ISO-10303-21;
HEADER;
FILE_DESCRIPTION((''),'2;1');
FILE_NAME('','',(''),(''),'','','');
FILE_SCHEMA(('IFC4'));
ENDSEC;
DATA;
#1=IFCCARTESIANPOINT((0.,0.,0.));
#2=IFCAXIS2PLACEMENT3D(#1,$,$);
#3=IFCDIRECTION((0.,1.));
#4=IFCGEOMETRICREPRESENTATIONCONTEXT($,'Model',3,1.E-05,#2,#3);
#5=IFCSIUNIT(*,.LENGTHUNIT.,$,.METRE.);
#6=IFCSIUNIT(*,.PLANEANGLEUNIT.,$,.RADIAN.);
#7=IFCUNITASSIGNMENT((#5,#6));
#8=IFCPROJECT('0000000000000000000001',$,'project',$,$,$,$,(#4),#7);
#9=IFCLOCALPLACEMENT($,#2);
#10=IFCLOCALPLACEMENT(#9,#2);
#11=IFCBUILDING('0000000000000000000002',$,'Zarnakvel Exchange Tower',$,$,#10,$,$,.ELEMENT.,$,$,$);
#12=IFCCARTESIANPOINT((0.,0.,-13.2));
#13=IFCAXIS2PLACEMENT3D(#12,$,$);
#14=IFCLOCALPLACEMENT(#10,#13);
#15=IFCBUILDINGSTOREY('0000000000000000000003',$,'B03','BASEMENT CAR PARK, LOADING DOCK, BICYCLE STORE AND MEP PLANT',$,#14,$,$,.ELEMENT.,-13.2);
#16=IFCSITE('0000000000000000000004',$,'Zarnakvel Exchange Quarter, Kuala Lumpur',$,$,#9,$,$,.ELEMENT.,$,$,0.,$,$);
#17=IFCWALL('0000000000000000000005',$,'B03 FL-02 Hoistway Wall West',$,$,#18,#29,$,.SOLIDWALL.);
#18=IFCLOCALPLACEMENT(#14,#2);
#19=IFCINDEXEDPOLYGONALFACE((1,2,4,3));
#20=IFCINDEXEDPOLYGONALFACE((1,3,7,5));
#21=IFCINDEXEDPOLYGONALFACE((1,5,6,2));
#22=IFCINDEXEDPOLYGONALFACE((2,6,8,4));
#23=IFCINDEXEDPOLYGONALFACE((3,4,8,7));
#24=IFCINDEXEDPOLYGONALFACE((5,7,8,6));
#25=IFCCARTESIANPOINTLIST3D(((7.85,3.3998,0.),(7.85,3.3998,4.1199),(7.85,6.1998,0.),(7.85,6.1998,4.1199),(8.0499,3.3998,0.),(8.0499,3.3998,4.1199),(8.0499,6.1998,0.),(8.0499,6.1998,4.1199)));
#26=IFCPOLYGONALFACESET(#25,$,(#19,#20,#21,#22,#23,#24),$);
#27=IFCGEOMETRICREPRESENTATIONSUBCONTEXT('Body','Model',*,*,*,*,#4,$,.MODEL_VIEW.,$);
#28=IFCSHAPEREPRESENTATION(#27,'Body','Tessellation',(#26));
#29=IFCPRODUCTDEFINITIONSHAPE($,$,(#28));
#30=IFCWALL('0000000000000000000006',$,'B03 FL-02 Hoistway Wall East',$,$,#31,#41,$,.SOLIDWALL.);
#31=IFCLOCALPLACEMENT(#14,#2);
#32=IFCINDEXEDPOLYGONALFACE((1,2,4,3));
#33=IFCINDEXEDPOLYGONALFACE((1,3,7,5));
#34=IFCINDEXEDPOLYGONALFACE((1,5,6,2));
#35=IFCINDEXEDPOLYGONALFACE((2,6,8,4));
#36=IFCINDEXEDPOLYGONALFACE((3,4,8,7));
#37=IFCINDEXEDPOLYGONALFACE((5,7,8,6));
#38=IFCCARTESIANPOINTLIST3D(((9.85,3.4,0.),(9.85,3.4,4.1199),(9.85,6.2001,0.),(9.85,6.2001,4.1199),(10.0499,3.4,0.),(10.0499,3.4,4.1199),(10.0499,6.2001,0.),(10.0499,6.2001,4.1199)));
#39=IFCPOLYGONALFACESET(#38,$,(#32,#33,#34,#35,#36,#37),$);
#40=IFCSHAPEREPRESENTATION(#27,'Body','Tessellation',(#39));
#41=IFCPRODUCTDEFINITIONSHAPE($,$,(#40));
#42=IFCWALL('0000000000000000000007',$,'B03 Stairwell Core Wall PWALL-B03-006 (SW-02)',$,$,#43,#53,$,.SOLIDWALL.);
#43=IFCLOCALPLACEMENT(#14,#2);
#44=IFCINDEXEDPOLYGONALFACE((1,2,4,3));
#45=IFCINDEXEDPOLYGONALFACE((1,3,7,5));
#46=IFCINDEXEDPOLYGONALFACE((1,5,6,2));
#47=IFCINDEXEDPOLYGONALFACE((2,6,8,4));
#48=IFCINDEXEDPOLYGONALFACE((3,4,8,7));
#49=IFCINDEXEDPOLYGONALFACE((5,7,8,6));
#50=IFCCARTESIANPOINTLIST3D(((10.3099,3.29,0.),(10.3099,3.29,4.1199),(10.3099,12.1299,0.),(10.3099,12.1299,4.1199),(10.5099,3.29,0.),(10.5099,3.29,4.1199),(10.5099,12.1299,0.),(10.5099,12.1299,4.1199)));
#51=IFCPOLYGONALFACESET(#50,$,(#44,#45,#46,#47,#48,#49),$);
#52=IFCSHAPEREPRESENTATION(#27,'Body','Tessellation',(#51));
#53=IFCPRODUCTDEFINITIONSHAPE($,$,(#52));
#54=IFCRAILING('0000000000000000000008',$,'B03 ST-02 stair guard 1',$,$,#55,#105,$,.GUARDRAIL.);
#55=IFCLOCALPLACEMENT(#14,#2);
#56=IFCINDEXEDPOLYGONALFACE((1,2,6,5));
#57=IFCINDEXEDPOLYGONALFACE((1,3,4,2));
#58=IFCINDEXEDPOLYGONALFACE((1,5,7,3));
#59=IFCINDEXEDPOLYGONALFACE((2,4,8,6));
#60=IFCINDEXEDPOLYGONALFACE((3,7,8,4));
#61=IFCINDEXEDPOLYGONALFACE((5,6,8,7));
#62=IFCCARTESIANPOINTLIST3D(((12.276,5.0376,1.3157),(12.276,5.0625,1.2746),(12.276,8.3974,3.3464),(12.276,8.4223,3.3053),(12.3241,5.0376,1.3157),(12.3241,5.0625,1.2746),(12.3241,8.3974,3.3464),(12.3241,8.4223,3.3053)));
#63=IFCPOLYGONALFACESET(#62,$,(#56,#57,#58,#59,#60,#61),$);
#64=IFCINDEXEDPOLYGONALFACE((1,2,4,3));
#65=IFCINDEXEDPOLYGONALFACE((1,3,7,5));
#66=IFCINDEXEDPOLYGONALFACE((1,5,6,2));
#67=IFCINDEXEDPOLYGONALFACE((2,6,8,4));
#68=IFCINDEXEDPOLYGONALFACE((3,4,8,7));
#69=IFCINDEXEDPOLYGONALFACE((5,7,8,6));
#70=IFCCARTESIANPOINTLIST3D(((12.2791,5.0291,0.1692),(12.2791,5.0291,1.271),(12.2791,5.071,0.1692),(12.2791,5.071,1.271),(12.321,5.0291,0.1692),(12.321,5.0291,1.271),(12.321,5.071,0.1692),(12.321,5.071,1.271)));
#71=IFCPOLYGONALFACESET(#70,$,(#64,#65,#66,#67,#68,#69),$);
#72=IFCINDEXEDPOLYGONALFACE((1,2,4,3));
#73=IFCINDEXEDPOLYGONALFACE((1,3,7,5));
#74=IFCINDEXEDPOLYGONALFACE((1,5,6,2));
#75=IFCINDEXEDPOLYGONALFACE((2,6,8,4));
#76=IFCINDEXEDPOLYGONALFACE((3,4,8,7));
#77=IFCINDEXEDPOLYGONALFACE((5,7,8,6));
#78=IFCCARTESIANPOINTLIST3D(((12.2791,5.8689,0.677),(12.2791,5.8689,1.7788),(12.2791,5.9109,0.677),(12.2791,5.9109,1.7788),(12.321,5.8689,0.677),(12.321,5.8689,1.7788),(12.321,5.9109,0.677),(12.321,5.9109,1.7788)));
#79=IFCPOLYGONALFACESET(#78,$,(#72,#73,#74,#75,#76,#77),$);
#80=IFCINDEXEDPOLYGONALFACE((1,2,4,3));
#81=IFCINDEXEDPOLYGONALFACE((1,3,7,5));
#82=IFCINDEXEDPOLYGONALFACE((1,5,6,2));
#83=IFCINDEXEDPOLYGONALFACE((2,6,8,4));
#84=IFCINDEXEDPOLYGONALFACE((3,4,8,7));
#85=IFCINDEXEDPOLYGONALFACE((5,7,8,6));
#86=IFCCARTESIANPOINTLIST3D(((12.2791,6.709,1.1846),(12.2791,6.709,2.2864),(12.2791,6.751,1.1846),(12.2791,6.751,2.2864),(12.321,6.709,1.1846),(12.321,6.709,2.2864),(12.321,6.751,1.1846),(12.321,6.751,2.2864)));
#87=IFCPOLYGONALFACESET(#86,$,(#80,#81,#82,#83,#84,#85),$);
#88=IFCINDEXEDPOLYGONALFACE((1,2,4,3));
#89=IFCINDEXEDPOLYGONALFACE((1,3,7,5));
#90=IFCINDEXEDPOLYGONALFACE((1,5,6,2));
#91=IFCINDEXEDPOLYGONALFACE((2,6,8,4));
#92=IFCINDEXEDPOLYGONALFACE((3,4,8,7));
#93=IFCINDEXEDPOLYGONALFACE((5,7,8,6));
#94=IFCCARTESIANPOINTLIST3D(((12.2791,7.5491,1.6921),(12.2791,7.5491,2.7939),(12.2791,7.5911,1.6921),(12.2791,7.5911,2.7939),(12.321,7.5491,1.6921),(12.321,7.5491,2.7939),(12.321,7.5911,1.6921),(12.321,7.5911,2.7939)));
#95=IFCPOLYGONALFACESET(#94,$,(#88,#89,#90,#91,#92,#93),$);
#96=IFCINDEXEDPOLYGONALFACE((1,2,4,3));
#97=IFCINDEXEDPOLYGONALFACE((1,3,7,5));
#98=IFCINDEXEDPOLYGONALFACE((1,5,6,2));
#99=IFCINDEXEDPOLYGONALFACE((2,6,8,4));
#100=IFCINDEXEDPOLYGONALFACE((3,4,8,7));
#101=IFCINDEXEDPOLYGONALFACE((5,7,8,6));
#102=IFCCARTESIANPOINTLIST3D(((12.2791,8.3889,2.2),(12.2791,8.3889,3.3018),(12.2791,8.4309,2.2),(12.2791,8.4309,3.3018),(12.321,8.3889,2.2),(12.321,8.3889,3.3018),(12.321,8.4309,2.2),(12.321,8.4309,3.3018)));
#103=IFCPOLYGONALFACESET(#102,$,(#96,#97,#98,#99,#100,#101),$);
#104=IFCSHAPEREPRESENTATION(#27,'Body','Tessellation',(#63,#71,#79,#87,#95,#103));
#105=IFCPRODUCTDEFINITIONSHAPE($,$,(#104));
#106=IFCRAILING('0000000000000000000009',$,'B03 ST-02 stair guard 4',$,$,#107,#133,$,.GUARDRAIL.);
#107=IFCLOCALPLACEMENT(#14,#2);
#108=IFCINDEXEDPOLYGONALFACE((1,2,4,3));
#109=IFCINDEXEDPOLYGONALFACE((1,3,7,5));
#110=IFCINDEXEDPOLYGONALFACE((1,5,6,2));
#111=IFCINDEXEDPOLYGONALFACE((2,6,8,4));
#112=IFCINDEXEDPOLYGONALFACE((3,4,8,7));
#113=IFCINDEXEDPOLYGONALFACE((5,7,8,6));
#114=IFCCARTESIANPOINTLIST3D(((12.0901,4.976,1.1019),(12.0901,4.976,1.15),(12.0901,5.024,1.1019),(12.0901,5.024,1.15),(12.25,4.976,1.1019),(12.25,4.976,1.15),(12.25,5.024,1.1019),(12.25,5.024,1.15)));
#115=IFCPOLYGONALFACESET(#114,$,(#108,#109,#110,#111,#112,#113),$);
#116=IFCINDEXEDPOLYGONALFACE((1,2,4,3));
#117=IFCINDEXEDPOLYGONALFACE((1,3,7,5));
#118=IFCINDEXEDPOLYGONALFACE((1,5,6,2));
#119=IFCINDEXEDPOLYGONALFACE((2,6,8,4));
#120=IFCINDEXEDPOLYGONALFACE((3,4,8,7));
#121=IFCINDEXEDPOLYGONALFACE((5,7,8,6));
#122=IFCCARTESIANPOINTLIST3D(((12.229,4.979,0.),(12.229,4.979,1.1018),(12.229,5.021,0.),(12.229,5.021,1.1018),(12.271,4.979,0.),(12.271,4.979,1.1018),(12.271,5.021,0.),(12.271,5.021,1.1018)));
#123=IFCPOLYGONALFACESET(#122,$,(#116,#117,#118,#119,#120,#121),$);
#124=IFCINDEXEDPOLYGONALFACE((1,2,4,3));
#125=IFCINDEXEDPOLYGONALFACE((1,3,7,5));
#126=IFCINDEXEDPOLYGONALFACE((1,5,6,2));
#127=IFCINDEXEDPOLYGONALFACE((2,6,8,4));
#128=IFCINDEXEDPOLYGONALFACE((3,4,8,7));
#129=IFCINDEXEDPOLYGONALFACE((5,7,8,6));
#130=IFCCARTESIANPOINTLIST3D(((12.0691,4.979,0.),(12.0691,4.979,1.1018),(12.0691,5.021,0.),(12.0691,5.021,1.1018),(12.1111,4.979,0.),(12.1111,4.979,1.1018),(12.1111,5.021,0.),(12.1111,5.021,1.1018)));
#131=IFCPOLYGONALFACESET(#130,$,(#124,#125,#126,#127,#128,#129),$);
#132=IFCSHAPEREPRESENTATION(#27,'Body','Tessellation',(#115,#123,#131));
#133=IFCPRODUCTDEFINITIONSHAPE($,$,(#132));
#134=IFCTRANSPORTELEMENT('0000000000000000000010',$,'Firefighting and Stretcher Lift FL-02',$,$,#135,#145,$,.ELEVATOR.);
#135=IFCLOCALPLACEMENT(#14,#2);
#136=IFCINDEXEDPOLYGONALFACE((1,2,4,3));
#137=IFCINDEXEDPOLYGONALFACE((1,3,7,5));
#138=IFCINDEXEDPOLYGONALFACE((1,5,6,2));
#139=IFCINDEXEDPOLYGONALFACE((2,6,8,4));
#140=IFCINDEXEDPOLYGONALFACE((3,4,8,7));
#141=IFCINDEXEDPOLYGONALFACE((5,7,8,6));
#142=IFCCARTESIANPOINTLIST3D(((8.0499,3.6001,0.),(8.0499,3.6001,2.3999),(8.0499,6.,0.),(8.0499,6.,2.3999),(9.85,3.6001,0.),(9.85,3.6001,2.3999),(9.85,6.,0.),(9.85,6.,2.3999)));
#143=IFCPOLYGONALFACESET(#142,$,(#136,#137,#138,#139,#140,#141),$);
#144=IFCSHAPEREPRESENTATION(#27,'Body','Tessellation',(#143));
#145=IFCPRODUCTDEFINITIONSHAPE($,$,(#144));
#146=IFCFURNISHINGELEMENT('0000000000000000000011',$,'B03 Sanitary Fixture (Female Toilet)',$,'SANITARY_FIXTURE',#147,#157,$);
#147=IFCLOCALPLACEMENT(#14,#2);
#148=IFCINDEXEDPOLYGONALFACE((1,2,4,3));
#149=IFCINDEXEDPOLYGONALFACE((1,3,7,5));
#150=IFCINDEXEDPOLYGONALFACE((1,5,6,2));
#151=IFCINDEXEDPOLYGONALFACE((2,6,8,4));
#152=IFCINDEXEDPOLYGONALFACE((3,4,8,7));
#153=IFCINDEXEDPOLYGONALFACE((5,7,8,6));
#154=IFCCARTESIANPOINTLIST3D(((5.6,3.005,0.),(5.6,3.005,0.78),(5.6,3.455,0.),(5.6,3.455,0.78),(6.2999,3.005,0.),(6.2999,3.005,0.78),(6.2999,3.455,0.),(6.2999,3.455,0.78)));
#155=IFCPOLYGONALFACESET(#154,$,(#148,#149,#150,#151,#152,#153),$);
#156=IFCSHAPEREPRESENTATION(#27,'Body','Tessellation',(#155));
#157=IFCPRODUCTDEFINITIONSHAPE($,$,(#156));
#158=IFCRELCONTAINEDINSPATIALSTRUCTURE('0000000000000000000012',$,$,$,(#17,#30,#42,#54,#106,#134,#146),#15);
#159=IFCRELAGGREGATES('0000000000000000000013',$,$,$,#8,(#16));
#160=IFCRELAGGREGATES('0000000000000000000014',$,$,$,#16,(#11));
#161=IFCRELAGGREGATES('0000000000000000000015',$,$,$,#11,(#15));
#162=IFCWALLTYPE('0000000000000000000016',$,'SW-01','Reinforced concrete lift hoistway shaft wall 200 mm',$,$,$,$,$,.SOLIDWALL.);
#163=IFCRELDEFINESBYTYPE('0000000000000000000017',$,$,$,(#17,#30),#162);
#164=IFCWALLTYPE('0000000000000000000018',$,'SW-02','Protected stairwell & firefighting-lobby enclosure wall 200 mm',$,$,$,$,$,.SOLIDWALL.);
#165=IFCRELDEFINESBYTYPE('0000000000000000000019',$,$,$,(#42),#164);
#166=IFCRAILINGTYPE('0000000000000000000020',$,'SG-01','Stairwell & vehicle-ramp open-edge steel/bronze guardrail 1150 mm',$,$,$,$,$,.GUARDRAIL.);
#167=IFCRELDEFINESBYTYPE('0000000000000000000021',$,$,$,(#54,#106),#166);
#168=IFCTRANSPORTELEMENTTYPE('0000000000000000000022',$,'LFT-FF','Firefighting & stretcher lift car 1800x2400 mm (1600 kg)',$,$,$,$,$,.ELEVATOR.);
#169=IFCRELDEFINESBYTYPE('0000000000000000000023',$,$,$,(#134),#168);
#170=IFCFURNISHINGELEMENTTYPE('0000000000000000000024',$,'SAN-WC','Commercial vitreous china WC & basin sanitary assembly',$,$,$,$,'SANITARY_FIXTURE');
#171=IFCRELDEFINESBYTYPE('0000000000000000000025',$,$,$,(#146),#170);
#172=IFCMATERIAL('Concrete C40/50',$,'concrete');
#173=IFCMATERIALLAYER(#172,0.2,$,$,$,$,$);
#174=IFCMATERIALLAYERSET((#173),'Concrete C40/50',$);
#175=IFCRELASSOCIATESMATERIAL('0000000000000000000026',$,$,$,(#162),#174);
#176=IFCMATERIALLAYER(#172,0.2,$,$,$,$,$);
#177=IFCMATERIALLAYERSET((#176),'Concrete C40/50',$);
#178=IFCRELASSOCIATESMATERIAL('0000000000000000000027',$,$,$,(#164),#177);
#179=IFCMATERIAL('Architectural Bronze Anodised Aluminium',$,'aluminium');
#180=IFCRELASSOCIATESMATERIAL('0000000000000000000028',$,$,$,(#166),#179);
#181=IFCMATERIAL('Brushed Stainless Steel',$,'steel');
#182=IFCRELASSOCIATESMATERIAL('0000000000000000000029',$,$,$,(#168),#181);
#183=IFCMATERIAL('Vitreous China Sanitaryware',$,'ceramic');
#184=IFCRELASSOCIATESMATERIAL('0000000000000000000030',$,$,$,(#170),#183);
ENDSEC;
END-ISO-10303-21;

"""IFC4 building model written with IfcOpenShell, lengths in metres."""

from ifc_helpers import new_model, si_unit, direction, frame, frame_2d, origin, origin_2d, place, context, subcontext, project, spatial, rectangle, extrude, source, transform, mapped, material, layer, layer_set, type_object, element, save


model = new_model("IFC4")

# Units and contexts
model_context = context("Model", 3, precision=1e-05, world=origin(), true_north=direction((0.0, 1.0)))
body_context = subcontext(model_context, "Body", "Model", "MODEL_VIEW")
ifc_project = project(units=[si_unit("LENGTHUNIT", "METRE"), si_unit("PLANEANGLEUNIT", "RADIAN")], contexts=[model_context])

# Site, building, storey
site_placement = place(None, origin())
site = spatial("IfcSite", under=ifc_project, at=site_placement, Name="Zarnakvel Exchange Quarter, Kuala Lumpur", CompositionType="ELEMENT", RefElevation=0.0)
building_placement = place(site_placement, origin())
building = spatial("IfcBuilding", under=site, at=building_placement, Name="Zarnakvel Exchange Tower", CompositionType="ELEMENT")
storey_placement = place(building_placement, frame((0.0, 0.0, -13.2)))
storey = spatial("IfcBuildingStorey", under=building, at=storey_placement, Name="B03", Description="BASEMENT CAR PARK, LOADING DOCK, BICYCLE STORE AND MEP PLANT", CompositionType="ELEMENT", Elevation=-13.2)

# Shared definitions
ifc_material_1 = material(Name="Concrete C40/50", Category="concrete")
ifc_layer_1 = layer(ifc_material_1, 0.2)
ifc_layer_set_1 = layer_set([ifc_layer_1], Name="Concrete C40/50")
wall_type_1 = type_object("IfcWallType", Name="SW-01", Description="Reinforced concrete lift hoistway shaft wall 200 mm", PredefinedType="SOLIDWALL", material=ifc_layer_set_1)
ifc_material_2 = material(Name="Brushed Stainless Steel", Category="steel")

# Walls
for number, where, z_axis, x_axis, name in (
    (1, (7.95, 3.3999, 0.0), (0.0, 0.0, 1.0), (0.0, 1.0, 0.0), "B03 FL-02 Hoistway Wall West"),
    (2, (9.95, 6.2, 0.0), (0.0, 0.0, 1.0), (0.0, -1.0, 0.0), "B03 FL-02 Hoistway Wall East"),
):
    element("IfcWall", number, at=place(storey_placement, frame(where, z_axis=z_axis, x_axis=x_axis)), inside=storey, type_object=wall_type_1, Name=name, PredefinedType="SOLIDWALL", context=body_context, shape_type="SweptSolid", body=[
        extrude(rectangle(XDim=2.8, YDim=0.2, at=frame_2d((1.3999, 0.0))), origin(), (0.0, 0.0, 1.0), 4.1199),
    ])
ifc_layer_2 = layer(ifc_material_1, 0.2)
ifc_layer_set_2 = layer_set([ifc_layer_2], Name="Concrete C40/50")
wall_type_2 = type_object("IfcWallType", Name="SW-02", Description="Protected stairwell & firefighting-lobby enclosure wall 200 mm", PredefinedType="SOLIDWALL", material=ifc_layer_set_2)
wall_1_placement = place(storey_placement, frame((10.4099, 3.29, 0.0), z_axis=(0.0, 0.0, 1.0), x_axis=(0.0, 1.0, 0.0)))
element("IfcWall", 3, at=wall_1_placement, inside=storey, type_object=wall_type_2, Name="B03 Stairwell Core Wall PWALL-B03-006 (SW-02)", PredefinedType="SOLIDWALL", context=body_context, shape_type="SweptSolid", body=[
    extrude(rectangle(XDim=8.8398, YDim=0.2, at=frame_2d((4.4199, 0.0))), origin(), (0.0, 0.0, 1.0), 4.1199),
])

# Railings
ifc_material_3 = material(Name="Architectural Bronze Anodised Aluminium", Category="aluminium")
railing_type = type_object("IfcRailingType", Name="SG-01", Description="Stairwell & vehicle-ramp open-edge steel/bronze guardrail 1150 mm", PredefinedType="GUARDRAIL", material=ifc_material_3)
railing_1_placement = place(storey_placement, frame((12.3, 5.05, 0.1692)))
element("IfcRailing", 4, at=railing_1_placement, inside=storey, type_object=railing_type, Name="B03 ST-02 stair guard 1", PredefinedType="GUARDRAIL", context=body_context, shape_type="SweptSolid", body=[
    extrude(rectangle(XDim=0.0481, YDim=0.0481, at=origin_2d()), frame((0.0, 0.0, 1.126), z_axis=(0.0, 0.85582, 0.517273), x_axis=(-1.0, 0.0, 0.0)), (0.0, 0.0, 1.0), 3.9258),
    extrude(rectangle(XDim=0.042, YDim=0.042, at=origin_2d()), origin(), (0.0, 0.0, 1.0), 1.1018),
    extrude(rectangle(XDim=0.042, YDim=0.042, at=origin_2d()), frame((0.0, 0.8398, 0.5078)), (0.0, 0.0, 1.0), 1.1018),
    extrude(rectangle(XDim=0.042, YDim=0.042, at=origin_2d()), frame((0.0, 1.6799, 1.0154)), (0.0, 0.0, 1.0), 1.1018),
    extrude(rectangle(XDim=0.042, YDim=0.042, at=origin_2d()), frame((0.0, 2.52, 1.5229)), (0.0, 0.0, 1.0), 1.1018),
    extrude(rectangle(XDim=0.042, YDim=0.042, at=origin_2d()), frame((0.0, 3.3599, 2.0308)), (0.0, 0.0, 1.0), 1.1018),
])
railing_2_placement = place(storey_placement, frame((12.25, 5.0, 0.0)))
element("IfcRailing", 5, at=railing_2_placement, inside=storey, type_object=railing_type, Name="B03 ST-02 stair guard 4", PredefinedType="GUARDRAIL", context=body_context, shape_type="SweptSolid", body=[
    extrude(rectangle(XDim=0.0481, YDim=0.0481, at=origin_2d()), frame((0.0, 0.0, 1.126), z_axis=(-1.0, 0.0, 0.0), x_axis=(0.0, -1.0, 0.0)), (0.0, 0.0, 1.0), 0.1599),
    extrude(rectangle(XDim=0.042, YDim=0.042, at=origin_2d()), origin(), (0.0, 0.0, 1.0), 1.1018),
    extrude(rectangle(XDim=0.042, YDim=0.042, at=origin_2d()), frame((-0.1599, 0.0, 0.0)), (0.0, 0.0, 1.0), 1.1018),
])

# Transport element
transport_element_type = type_object("IfcTransportElementType", Name="LFT-FF", Description="Firefighting & stretcher lift car 1800x2400 mm (1600 kg)", PredefinedType="ELEVATOR", material=ifc_material_2)
shared_shape_1 = source(origin(), body_context, "Body", "SweptSolid", [
    extrude(rectangle(XDim=1.8, YDim=2.3999, at=origin_2d()), origin(), (0.0, 0.0, 1.0), 2.3999),
])
transport_element_placement = place(storey_placement, frame((8.95, 4.8, 0.0), z_axis=(0.0, 0.0, 1.0), x_axis=(1.0, 0.0, 0.0)))
element("IfcTransportElement", 6, at=transport_element_placement, inside=storey, type_object=transport_element_type, Name="Firefighting and Stretcher Lift FL-02", PredefinedType="ELEVATOR", context=body_context, shape_type="MappedRepresentation", body=[
    mapped(shared_shape_1, transform((0.0, 0.0, 0.0), x_axis=(1.0, 0.0, 0.0), y_axis=(0.0, 1.0, 0.0), z_axis=(0.0, 0.0, 1.0), scale=1.0)),
])

# Furnishing element
ifc_material_4 = material(Name="Vitreous China Sanitaryware", Category="ceramic")
furnishing_element_type = type_object("IfcFurnishingElementType", Name="SAN-WC", Description="Commercial vitreous china WC & basin sanitary assembly", ElementType="SANITARY_FIXTURE", material=ifc_material_4)
shared_shape_2 = source(origin(), body_context, "Body", "SweptSolid", [
    extrude(rectangle(XDim=0.7, YDim=0.45, at=origin_2d()), origin(), (0.0, 0.0, 1.0), 0.78),
])
furnishing_placement = place(storey_placement, frame((5.95, 3.23, 0.0), z_axis=(0.0, 0.0, 1.0), x_axis=(1.0, 0.0, 0.0)))
element("IfcFurnishingElement", 7, at=furnishing_placement, inside=storey, type_object=furnishing_element_type, Name="B03 Sanitary Fixture (Female Toilet)", ObjectType="SANITARY_FIXTURE", context=body_context, shape_type="MappedRepresentation", body=[
    mapped(shared_shape_2, transform((0.0, 0.0, 0.0), x_axis=(1.0, 0.0, 0.0), y_axis=(0.0, 1.0, 0.0), z_axis=(0.0, 0.0, 1.0), scale=1.0)),
])

save(model, "model.ifc")
